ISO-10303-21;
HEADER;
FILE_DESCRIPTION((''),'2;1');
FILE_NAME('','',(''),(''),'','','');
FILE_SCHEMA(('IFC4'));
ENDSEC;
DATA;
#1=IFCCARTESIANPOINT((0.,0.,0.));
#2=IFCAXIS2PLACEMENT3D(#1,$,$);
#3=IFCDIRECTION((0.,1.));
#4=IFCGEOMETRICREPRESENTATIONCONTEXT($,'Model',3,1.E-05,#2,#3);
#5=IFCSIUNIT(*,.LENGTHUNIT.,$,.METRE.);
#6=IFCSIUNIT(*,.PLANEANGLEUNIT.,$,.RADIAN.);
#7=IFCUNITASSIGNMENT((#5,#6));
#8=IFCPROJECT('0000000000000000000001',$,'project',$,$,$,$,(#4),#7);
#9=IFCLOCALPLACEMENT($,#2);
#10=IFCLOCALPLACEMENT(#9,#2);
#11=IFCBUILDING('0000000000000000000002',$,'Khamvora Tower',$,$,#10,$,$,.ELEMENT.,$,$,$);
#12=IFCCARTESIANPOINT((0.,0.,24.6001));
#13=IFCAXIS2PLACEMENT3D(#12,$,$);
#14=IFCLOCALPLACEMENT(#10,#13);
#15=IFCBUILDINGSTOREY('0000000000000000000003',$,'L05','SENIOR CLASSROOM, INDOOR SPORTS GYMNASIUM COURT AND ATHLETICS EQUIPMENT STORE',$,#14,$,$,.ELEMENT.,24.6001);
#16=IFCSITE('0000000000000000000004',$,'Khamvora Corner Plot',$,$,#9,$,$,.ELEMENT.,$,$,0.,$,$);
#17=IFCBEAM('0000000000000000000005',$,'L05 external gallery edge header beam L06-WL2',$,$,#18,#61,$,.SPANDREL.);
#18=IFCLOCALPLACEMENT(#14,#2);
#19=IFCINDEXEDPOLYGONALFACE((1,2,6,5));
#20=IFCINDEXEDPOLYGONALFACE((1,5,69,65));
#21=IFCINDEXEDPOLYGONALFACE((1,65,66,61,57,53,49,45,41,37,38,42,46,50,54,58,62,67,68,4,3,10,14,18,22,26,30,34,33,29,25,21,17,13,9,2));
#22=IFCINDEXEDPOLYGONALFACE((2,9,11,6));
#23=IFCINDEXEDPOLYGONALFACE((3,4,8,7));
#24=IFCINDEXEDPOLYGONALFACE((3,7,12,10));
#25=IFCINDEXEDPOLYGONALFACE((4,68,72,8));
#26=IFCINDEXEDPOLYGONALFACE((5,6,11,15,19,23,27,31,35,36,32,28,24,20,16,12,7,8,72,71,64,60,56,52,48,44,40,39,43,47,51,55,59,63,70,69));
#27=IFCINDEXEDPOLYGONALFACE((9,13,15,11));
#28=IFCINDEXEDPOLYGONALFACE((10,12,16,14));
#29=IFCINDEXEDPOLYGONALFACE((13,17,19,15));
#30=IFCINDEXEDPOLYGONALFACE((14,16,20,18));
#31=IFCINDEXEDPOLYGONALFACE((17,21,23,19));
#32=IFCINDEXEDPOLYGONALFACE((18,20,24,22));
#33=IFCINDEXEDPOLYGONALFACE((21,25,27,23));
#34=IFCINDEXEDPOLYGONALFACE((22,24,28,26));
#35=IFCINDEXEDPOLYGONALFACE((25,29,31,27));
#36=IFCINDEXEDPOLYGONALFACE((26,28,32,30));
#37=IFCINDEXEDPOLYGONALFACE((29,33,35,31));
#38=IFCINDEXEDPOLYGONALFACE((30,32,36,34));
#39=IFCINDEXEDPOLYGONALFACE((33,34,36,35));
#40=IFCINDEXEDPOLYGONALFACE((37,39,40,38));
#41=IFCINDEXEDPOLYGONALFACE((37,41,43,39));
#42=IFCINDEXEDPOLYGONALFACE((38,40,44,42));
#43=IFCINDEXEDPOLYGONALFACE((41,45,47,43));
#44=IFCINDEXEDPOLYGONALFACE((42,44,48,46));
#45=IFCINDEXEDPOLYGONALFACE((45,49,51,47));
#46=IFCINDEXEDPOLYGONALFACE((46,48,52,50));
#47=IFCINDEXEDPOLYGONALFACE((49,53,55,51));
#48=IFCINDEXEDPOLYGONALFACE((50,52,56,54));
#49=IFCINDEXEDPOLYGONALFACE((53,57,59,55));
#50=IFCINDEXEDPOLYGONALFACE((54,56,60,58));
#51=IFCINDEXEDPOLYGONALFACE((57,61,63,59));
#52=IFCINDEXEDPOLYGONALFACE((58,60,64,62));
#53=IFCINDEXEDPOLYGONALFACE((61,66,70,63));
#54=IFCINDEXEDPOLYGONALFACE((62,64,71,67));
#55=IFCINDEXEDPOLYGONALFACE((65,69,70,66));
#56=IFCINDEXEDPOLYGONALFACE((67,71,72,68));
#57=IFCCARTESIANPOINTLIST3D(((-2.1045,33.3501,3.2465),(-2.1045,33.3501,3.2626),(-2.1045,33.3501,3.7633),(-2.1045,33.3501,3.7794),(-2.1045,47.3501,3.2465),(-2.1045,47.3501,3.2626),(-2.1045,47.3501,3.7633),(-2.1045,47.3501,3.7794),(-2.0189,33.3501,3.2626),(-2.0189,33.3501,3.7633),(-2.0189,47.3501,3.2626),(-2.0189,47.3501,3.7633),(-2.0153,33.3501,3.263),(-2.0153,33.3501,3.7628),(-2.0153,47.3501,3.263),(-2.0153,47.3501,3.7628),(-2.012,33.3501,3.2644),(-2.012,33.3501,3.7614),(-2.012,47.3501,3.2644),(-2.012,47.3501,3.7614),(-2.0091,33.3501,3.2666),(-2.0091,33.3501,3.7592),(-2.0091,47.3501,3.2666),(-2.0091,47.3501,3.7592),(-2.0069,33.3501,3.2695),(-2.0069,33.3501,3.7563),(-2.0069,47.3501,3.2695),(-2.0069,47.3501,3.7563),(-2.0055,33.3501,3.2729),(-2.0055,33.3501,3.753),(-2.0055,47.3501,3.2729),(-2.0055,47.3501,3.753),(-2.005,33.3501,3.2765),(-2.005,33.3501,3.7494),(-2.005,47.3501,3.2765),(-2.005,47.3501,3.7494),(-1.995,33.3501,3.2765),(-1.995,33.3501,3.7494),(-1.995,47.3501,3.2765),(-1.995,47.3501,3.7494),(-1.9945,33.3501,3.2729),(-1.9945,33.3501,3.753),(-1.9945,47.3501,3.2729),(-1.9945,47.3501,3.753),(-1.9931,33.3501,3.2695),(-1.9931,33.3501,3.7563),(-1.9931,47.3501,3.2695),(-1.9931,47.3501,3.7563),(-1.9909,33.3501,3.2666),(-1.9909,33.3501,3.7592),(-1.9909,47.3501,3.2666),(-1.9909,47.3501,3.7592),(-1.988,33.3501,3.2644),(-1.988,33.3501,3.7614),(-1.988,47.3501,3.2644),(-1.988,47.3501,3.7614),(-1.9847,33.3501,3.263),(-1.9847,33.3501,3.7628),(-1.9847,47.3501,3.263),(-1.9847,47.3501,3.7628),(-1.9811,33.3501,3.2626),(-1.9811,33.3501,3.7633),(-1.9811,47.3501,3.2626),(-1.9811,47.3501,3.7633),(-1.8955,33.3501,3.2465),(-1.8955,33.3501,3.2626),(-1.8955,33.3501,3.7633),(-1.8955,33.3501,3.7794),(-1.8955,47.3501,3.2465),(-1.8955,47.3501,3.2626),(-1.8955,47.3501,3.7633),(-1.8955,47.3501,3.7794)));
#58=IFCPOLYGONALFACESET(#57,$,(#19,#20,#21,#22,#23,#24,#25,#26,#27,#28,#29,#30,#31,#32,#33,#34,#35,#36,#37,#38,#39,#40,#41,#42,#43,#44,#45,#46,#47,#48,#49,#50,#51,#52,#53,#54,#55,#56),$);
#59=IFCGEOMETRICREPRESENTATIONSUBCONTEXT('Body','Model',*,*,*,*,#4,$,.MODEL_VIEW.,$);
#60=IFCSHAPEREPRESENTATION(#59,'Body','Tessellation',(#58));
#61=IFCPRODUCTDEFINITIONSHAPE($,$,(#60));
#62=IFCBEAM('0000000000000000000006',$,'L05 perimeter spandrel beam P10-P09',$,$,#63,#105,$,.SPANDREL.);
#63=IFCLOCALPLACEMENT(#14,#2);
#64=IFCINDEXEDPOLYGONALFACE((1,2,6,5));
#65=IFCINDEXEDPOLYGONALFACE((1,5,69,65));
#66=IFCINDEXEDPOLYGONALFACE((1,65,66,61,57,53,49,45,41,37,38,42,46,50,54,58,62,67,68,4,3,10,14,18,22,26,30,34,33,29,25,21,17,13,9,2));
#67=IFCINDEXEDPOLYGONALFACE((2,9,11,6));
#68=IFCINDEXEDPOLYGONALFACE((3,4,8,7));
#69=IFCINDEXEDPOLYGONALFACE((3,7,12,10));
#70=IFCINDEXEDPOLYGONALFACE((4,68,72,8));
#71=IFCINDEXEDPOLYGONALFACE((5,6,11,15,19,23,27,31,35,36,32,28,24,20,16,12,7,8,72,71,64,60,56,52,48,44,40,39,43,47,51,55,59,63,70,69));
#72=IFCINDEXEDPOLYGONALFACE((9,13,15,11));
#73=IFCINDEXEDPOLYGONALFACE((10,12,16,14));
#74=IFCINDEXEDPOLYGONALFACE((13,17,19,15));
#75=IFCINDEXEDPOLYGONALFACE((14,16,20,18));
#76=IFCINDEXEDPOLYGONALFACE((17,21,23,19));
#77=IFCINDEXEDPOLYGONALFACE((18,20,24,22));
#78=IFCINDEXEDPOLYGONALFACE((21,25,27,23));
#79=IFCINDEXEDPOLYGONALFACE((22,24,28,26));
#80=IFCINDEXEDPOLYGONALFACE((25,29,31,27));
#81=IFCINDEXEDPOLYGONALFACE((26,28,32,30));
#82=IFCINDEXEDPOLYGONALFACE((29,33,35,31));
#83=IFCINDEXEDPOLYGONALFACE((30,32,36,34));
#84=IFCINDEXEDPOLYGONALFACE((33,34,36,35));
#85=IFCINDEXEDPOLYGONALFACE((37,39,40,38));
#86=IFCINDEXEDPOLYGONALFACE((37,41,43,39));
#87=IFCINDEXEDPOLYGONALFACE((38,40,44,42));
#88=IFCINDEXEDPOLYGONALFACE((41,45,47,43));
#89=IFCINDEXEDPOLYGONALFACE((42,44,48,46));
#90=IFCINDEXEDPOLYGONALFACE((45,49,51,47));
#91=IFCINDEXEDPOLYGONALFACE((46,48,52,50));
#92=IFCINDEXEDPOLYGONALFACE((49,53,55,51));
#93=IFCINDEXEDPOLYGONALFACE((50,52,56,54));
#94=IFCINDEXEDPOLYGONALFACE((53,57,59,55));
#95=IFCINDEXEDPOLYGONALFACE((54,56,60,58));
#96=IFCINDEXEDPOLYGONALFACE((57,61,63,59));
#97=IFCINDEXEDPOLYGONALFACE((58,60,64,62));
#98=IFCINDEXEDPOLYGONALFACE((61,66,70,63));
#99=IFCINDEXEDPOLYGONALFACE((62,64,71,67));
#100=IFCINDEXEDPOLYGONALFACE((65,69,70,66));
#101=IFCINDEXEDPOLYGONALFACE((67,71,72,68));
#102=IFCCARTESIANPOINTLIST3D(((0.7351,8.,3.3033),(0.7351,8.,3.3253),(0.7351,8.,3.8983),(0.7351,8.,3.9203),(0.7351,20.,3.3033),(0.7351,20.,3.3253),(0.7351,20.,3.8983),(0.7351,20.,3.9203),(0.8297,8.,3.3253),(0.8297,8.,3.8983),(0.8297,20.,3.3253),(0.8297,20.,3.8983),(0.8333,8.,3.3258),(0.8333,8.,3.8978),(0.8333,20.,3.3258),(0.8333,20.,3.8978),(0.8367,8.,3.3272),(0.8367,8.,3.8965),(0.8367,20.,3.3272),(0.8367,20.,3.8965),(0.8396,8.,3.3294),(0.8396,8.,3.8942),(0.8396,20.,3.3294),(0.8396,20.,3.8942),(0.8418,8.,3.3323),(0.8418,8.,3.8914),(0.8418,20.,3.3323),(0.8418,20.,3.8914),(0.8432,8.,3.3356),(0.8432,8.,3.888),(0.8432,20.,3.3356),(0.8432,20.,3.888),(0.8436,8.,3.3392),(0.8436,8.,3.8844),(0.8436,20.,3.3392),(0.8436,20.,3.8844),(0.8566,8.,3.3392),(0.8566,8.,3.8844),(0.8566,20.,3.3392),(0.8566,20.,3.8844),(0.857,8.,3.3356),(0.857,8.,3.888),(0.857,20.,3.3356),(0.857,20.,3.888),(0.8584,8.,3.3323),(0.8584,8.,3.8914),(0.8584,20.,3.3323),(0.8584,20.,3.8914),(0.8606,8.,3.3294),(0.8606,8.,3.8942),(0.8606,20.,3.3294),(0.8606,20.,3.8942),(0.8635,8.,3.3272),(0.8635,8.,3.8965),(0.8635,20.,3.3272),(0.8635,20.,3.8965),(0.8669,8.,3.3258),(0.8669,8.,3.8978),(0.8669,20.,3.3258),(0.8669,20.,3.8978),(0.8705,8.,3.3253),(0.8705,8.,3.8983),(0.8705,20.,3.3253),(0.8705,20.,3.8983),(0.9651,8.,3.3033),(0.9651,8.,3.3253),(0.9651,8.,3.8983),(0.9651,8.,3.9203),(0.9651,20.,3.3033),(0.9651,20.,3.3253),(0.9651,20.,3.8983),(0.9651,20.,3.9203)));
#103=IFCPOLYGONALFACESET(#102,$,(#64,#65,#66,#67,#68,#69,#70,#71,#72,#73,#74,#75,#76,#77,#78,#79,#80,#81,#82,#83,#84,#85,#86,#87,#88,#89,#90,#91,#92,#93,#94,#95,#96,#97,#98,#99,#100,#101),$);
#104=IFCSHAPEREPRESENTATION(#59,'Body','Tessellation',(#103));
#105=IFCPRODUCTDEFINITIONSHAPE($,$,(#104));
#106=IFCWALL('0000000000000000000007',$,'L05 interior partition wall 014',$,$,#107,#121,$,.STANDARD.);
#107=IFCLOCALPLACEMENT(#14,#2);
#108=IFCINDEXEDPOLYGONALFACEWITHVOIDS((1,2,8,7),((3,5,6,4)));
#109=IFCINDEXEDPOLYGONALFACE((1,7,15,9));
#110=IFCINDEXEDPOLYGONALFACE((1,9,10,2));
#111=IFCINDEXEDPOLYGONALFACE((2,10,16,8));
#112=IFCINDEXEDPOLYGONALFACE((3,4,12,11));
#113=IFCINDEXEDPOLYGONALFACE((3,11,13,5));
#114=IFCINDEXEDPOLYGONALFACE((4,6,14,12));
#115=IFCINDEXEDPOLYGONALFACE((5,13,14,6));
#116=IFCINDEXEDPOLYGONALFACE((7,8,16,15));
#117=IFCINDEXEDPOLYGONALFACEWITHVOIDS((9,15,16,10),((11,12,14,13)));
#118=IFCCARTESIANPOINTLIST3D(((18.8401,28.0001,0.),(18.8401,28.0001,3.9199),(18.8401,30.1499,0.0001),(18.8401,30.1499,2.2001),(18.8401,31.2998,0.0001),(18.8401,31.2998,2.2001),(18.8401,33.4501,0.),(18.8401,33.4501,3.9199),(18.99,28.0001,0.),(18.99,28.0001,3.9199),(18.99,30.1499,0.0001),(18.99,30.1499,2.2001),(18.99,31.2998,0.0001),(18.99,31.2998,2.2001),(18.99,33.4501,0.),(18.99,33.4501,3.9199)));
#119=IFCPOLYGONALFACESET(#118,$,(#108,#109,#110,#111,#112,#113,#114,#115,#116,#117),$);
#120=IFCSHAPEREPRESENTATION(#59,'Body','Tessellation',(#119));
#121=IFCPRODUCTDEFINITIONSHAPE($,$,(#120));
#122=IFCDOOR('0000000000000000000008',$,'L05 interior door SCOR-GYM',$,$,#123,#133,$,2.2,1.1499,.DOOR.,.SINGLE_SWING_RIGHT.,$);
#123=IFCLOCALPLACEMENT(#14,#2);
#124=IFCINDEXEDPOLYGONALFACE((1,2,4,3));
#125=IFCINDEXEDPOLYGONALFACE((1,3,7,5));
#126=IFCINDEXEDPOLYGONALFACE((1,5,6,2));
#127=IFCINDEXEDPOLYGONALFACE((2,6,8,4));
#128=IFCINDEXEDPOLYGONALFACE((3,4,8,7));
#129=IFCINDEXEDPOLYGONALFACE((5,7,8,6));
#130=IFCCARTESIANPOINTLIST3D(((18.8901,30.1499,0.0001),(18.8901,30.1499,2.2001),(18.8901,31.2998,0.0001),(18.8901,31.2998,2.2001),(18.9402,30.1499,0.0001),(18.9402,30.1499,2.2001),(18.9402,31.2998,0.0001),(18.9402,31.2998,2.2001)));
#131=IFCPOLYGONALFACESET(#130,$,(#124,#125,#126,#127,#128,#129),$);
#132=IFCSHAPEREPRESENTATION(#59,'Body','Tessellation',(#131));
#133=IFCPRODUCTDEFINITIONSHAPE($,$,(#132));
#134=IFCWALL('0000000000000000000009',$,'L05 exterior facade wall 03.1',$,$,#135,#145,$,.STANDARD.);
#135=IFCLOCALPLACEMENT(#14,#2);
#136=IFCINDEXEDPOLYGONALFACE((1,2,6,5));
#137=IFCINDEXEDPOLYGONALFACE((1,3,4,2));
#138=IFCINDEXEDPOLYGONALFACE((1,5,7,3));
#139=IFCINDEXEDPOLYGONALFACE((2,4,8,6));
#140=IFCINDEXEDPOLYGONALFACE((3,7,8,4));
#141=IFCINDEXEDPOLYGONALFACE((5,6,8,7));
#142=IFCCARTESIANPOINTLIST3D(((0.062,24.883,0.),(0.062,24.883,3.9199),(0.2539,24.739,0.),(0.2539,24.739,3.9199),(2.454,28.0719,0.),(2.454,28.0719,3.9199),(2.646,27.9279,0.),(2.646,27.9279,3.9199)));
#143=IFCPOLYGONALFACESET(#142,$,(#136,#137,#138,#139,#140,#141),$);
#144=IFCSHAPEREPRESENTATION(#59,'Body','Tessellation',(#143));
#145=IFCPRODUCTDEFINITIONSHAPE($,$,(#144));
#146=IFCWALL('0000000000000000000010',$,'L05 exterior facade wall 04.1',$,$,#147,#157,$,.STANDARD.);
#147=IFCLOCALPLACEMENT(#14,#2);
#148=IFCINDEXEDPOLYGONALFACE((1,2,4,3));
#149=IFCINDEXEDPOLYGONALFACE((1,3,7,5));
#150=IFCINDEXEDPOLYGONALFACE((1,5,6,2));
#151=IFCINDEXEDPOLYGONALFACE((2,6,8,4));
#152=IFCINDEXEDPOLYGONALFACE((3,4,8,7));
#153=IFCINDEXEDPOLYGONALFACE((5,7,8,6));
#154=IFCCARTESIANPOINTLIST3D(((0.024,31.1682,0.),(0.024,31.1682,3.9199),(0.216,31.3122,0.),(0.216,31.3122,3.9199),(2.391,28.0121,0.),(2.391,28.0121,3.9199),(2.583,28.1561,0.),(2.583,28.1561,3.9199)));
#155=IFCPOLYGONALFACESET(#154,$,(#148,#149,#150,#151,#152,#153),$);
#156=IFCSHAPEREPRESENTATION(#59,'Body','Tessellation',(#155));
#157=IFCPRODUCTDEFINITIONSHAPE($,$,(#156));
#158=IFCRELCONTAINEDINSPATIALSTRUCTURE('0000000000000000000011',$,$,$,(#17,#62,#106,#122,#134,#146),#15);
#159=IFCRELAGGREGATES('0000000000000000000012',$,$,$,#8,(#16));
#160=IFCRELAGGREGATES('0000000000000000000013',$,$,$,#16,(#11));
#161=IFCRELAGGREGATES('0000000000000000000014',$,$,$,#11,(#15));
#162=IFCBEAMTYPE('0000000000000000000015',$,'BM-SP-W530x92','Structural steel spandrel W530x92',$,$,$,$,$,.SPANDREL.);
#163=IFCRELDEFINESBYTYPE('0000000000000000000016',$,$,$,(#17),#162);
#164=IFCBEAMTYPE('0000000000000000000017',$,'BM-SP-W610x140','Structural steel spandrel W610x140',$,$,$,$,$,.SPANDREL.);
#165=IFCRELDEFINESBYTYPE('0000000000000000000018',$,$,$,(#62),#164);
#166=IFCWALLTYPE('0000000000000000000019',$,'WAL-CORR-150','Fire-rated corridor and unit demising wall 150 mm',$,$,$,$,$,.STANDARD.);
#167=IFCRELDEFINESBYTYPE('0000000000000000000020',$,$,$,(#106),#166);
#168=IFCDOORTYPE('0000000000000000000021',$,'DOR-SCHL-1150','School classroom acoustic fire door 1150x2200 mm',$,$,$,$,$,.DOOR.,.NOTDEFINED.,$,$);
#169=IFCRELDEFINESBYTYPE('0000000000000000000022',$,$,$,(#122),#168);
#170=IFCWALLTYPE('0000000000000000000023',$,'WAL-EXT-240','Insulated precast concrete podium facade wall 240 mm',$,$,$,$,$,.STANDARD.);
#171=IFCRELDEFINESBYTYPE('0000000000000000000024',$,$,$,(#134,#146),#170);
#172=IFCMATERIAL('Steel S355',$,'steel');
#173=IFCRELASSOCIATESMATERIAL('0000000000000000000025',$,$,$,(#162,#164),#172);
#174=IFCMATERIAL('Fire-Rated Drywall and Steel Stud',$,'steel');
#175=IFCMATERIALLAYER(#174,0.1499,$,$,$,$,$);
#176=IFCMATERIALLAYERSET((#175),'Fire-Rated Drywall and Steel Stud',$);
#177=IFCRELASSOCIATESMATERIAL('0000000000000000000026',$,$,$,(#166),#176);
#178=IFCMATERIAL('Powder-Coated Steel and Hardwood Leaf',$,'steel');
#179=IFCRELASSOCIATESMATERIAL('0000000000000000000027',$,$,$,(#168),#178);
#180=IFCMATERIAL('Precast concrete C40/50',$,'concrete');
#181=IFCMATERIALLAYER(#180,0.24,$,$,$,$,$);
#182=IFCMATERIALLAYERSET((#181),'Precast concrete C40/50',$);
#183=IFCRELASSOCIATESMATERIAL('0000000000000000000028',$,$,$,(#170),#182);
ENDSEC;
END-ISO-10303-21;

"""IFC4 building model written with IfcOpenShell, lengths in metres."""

from ifc_helpers import new_model, si_unit, direction, frame, frame_2d, origin, origin_2d, place, context, subcontext, project, spatial, rectangle, i_section, extrude, material, layer, layer_set, material_profile, profile_set, type_object, element, fill, save


model = new_model("IFC4")

# Units and contexts
model_context = context("Model", 3, precision=1e-05, world=origin(), true_north=direction((0.0, 1.0)))
body_context = subcontext(model_context, "Body", "Model", "MODEL_VIEW")
ifc_project = project(units=[si_unit("LENGTHUNIT", "METRE"), si_unit("PLANEANGLEUNIT", "RADIAN")], contexts=[model_context])

# Site, building, storey
site_placement = place(None, origin())
site = spatial("IfcSite", under=ifc_project, at=site_placement, Name="Khamvora Corner Plot", CompositionType="ELEMENT", RefElevation=0.0)
building_placement = place(site_placement, origin())
building = spatial("IfcBuilding", under=site, at=building_placement, Name="Khamvora Tower", CompositionType="ELEMENT")
storey_placement = place(building_placement, frame((0.0, 0.0, 24.6001)))
storey = spatial("IfcBuildingStorey", under=building, at=storey_placement, Name="L05", Description="SENIOR CLASSROOM, INDOOR SPORTS GYMNASIUM COURT AND ATHLETICS EQUIPMENT STORE", CompositionType="ELEMENT", Elevation=24.6001)

# Beams
ifc_material_1 = material(Name="Steel S355", Category="steel")
ifc_material_profile_1 = material_profile(ifc_material_1, i_section(OverallWidth=0.209, OverallDepth=0.533, WebThickness=0.01, FlangeThickness=0.0161, FilletRadius=0.0139, at=origin_2d()), Name="W530x92")
ifc_profile_set_1 = profile_set([ifc_material_profile_1], Name="Steel S355")
beam_type_1 = type_object("IfcBeamType", Name="BM-SP-W530x92", Description="Structural steel spandrel W530x92", PredefinedType="SPANDREL", material=ifc_profile_set_1)
beam_1_placement = place(storey_placement, frame((-2.0, 33.3501, 3.5129), z_axis=(0.0, 1.0, 0.0), x_axis=(-1.0, 0.0, 0.0)))
element("IfcBeam", 1, at=beam_1_placement, inside=storey, type_object=beam_type_1, Name="L05 external gallery edge header beam L06-WL2", PredefinedType="SPANDREL", context=body_context, shape_type="SweptSolid", body=[
    extrude(i_section(OverallWidth=0.209, OverallDepth=0.533, WebThickness=0.01, FlangeThickness=0.0161, FilletRadius=0.0139, at=origin_2d()), origin(), (0.0, 0.0, 1.0), 14.0),
])
ifc_material_profile_2 = material_profile(ifc_material_1, i_section(OverallWidth=0.23, OverallDepth=0.6169, WebThickness=0.0129, FlangeThickness=0.022, FilletRadius=0.0139, at=origin_2d()), Name="W610x140")
ifc_profile_set_2 = profile_set([ifc_material_profile_2], Name="Steel S355")
beam_type_2 = type_object("IfcBeamType", Name="BM-SP-W610x140", Description="Structural steel spandrel W610x140", PredefinedType="SPANDREL", material=ifc_profile_set_2)
beam_2_placement = place(storey_placement, frame((0.8501, 20.0, 3.6118), z_axis=(0.0, -1.0, 0.0), x_axis=(1.0, 0.0, 0.0)))
element("IfcBeam", 2, at=beam_2_placement, inside=storey, type_object=beam_type_2, Name="L05 perimeter spandrel beam P10-P09", PredefinedType="SPANDREL", context=body_context, shape_type="SweptSolid", body=[
    extrude(i_section(OverallWidth=0.23, OverallDepth=0.6169, WebThickness=0.0129, FlangeThickness=0.022, FilletRadius=0.0139, at=origin_2d()), origin(), (0.0, 0.0, 1.0), 12.0),
])

# Wall, opening, door
ifc_material_2 = material(Name="Fire-Rated Drywall and Steel Stud", Category="steel")
ifc_layer_1 = layer(ifc_material_2, 0.1499)
ifc_layer_set_1 = layer_set([ifc_layer_1], Name="Fire-Rated Drywall and Steel Stud")
wall_type_1 = type_object("IfcWallType", Name="WAL-CORR-150", Description="Fire-rated corridor and unit demising wall 150 mm", PredefinedType="STANDARD", material=ifc_layer_set_1)
wall_1_placement = place(storey_placement, frame((18.915, 28.0, 0.0), z_axis=(0.0, 0.0, 1.0), x_axis=(0.0, 1.0, 0.0)))
wall_1 = element("IfcWall", 3, at=wall_1_placement, inside=storey, type_object=wall_type_1, Name="L05 interior partition wall 014", PredefinedType="STANDARD", context=body_context, shape_type="SweptSolid", body=[
    extrude(rectangle(XDim=5.45, YDim=0.1499, at=frame_2d((2.7251, 0.0))), origin(), (0.0, 0.0, 1.0), 3.9199),
])
opening_1_placement = place(wall_1_placement, frame((2.1499, 0.0, 0.0)))
opening_1 = element("IfcOpeningElement", 4, at=opening_1_placement, cuts=wall_1, PredefinedType="OPENING", context=body_context, shape_type="SweptSolid", body=[
    extrude(rectangle(XDim=1.1499, YDim=2.2, at=frame_2d((0.575, 1.1001))), frame((0.0, 0.085, 0.0), z_axis=(0.0, -1.0, 0.0), x_axis=(1.0, 0.0, 0.0)), (0.0, 0.0, 1.0), 0.1699),
])
ifc_material_3 = material(Name="Powder-Coated Steel and Hardwood Leaf", Category="steel")
door_type_1 = type_object("IfcDoorType", Name="DOR-SCHL-1150", Description="School classroom acoustic fire door 1150x2200 mm", OperationType="NOTDEFINED", PredefinedType="DOOR", material=ifc_material_3)
door_1_placement = place(opening_1_placement, origin())
door_1 = element("IfcDoor", 5, at=door_1_placement, inside=storey, type_object=door_type_1, Name="L05 interior door SCOR-GYM", OperationType="SINGLE_SWING_RIGHT", OverallHeight=2.2, OverallWidth=1.1499, PredefinedType="DOOR", context=body_context, shape_type="SweptSolid", body=[
    extrude(rectangle(XDim=1.1499, YDim=2.2, at=frame_2d((0.575, 1.1001))), frame((0.0, 0.0249, 0.0), z_axis=(0.0, -1.0, 0.0), x_axis=(1.0, 0.0, 0.0)), (0.0, 0.0, 1.0), 0.05),
])
fill(opening_1, door_1)

# Walls
ifc_material_4 = material(Name="Precast concrete C40/50", Category="concrete")
ifc_layer_2 = layer(ifc_material_4, 0.24)
ifc_layer_set_2 = layer_set([ifc_layer_2], Name="Precast concrete C40/50")
wall_type_2 = type_object("IfcWallType", Name="WAL-EXT-240", Description="Insulated precast concrete podium facade wall 240 mm", PredefinedType="STANDARD", material=ifc_layer_set_2)
wall_2_placement = place(storey_placement, frame((0.158, 24.811, 0.0), z_axis=(0.0, 0.0, 1.0), x_axis=(0.600059, 0.799956, 0.0)))
element("IfcWall", 6, at=wall_2_placement, inside=storey, type_object=wall_type_2, Name="L05 exterior facade wall 03.1", PredefinedType="STANDARD", context=body_context, shape_type="SweptSolid", body=[
    extrude(rectangle(XDim=3.9863, YDim=0.24, at=frame_2d((1.9932, 0.0))), origin(), (0.0, 0.0, 1.0), 3.9199),
])
wall_3_placement = place(storey_placement, frame((2.4871, 28.084, 0.0), z_axis=(0.0, 0.0, 1.0), x_axis=(-0.59999, 0.800007, 0.0)))
element("IfcWall", 7, at=wall_3_placement, inside=storey, type_object=wall_type_2, Name="L05 exterior facade wall 04.1", PredefinedType="STANDARD", context=body_context, shape_type="SweptSolid", body=[
    extrude(rectangle(XDim=3.9451, YDim=0.24, at=frame_2d((1.9727, 0.0))), origin(), (0.0, 0.0, 1.0), 3.9199),
])

save(model, "model.ifc")
